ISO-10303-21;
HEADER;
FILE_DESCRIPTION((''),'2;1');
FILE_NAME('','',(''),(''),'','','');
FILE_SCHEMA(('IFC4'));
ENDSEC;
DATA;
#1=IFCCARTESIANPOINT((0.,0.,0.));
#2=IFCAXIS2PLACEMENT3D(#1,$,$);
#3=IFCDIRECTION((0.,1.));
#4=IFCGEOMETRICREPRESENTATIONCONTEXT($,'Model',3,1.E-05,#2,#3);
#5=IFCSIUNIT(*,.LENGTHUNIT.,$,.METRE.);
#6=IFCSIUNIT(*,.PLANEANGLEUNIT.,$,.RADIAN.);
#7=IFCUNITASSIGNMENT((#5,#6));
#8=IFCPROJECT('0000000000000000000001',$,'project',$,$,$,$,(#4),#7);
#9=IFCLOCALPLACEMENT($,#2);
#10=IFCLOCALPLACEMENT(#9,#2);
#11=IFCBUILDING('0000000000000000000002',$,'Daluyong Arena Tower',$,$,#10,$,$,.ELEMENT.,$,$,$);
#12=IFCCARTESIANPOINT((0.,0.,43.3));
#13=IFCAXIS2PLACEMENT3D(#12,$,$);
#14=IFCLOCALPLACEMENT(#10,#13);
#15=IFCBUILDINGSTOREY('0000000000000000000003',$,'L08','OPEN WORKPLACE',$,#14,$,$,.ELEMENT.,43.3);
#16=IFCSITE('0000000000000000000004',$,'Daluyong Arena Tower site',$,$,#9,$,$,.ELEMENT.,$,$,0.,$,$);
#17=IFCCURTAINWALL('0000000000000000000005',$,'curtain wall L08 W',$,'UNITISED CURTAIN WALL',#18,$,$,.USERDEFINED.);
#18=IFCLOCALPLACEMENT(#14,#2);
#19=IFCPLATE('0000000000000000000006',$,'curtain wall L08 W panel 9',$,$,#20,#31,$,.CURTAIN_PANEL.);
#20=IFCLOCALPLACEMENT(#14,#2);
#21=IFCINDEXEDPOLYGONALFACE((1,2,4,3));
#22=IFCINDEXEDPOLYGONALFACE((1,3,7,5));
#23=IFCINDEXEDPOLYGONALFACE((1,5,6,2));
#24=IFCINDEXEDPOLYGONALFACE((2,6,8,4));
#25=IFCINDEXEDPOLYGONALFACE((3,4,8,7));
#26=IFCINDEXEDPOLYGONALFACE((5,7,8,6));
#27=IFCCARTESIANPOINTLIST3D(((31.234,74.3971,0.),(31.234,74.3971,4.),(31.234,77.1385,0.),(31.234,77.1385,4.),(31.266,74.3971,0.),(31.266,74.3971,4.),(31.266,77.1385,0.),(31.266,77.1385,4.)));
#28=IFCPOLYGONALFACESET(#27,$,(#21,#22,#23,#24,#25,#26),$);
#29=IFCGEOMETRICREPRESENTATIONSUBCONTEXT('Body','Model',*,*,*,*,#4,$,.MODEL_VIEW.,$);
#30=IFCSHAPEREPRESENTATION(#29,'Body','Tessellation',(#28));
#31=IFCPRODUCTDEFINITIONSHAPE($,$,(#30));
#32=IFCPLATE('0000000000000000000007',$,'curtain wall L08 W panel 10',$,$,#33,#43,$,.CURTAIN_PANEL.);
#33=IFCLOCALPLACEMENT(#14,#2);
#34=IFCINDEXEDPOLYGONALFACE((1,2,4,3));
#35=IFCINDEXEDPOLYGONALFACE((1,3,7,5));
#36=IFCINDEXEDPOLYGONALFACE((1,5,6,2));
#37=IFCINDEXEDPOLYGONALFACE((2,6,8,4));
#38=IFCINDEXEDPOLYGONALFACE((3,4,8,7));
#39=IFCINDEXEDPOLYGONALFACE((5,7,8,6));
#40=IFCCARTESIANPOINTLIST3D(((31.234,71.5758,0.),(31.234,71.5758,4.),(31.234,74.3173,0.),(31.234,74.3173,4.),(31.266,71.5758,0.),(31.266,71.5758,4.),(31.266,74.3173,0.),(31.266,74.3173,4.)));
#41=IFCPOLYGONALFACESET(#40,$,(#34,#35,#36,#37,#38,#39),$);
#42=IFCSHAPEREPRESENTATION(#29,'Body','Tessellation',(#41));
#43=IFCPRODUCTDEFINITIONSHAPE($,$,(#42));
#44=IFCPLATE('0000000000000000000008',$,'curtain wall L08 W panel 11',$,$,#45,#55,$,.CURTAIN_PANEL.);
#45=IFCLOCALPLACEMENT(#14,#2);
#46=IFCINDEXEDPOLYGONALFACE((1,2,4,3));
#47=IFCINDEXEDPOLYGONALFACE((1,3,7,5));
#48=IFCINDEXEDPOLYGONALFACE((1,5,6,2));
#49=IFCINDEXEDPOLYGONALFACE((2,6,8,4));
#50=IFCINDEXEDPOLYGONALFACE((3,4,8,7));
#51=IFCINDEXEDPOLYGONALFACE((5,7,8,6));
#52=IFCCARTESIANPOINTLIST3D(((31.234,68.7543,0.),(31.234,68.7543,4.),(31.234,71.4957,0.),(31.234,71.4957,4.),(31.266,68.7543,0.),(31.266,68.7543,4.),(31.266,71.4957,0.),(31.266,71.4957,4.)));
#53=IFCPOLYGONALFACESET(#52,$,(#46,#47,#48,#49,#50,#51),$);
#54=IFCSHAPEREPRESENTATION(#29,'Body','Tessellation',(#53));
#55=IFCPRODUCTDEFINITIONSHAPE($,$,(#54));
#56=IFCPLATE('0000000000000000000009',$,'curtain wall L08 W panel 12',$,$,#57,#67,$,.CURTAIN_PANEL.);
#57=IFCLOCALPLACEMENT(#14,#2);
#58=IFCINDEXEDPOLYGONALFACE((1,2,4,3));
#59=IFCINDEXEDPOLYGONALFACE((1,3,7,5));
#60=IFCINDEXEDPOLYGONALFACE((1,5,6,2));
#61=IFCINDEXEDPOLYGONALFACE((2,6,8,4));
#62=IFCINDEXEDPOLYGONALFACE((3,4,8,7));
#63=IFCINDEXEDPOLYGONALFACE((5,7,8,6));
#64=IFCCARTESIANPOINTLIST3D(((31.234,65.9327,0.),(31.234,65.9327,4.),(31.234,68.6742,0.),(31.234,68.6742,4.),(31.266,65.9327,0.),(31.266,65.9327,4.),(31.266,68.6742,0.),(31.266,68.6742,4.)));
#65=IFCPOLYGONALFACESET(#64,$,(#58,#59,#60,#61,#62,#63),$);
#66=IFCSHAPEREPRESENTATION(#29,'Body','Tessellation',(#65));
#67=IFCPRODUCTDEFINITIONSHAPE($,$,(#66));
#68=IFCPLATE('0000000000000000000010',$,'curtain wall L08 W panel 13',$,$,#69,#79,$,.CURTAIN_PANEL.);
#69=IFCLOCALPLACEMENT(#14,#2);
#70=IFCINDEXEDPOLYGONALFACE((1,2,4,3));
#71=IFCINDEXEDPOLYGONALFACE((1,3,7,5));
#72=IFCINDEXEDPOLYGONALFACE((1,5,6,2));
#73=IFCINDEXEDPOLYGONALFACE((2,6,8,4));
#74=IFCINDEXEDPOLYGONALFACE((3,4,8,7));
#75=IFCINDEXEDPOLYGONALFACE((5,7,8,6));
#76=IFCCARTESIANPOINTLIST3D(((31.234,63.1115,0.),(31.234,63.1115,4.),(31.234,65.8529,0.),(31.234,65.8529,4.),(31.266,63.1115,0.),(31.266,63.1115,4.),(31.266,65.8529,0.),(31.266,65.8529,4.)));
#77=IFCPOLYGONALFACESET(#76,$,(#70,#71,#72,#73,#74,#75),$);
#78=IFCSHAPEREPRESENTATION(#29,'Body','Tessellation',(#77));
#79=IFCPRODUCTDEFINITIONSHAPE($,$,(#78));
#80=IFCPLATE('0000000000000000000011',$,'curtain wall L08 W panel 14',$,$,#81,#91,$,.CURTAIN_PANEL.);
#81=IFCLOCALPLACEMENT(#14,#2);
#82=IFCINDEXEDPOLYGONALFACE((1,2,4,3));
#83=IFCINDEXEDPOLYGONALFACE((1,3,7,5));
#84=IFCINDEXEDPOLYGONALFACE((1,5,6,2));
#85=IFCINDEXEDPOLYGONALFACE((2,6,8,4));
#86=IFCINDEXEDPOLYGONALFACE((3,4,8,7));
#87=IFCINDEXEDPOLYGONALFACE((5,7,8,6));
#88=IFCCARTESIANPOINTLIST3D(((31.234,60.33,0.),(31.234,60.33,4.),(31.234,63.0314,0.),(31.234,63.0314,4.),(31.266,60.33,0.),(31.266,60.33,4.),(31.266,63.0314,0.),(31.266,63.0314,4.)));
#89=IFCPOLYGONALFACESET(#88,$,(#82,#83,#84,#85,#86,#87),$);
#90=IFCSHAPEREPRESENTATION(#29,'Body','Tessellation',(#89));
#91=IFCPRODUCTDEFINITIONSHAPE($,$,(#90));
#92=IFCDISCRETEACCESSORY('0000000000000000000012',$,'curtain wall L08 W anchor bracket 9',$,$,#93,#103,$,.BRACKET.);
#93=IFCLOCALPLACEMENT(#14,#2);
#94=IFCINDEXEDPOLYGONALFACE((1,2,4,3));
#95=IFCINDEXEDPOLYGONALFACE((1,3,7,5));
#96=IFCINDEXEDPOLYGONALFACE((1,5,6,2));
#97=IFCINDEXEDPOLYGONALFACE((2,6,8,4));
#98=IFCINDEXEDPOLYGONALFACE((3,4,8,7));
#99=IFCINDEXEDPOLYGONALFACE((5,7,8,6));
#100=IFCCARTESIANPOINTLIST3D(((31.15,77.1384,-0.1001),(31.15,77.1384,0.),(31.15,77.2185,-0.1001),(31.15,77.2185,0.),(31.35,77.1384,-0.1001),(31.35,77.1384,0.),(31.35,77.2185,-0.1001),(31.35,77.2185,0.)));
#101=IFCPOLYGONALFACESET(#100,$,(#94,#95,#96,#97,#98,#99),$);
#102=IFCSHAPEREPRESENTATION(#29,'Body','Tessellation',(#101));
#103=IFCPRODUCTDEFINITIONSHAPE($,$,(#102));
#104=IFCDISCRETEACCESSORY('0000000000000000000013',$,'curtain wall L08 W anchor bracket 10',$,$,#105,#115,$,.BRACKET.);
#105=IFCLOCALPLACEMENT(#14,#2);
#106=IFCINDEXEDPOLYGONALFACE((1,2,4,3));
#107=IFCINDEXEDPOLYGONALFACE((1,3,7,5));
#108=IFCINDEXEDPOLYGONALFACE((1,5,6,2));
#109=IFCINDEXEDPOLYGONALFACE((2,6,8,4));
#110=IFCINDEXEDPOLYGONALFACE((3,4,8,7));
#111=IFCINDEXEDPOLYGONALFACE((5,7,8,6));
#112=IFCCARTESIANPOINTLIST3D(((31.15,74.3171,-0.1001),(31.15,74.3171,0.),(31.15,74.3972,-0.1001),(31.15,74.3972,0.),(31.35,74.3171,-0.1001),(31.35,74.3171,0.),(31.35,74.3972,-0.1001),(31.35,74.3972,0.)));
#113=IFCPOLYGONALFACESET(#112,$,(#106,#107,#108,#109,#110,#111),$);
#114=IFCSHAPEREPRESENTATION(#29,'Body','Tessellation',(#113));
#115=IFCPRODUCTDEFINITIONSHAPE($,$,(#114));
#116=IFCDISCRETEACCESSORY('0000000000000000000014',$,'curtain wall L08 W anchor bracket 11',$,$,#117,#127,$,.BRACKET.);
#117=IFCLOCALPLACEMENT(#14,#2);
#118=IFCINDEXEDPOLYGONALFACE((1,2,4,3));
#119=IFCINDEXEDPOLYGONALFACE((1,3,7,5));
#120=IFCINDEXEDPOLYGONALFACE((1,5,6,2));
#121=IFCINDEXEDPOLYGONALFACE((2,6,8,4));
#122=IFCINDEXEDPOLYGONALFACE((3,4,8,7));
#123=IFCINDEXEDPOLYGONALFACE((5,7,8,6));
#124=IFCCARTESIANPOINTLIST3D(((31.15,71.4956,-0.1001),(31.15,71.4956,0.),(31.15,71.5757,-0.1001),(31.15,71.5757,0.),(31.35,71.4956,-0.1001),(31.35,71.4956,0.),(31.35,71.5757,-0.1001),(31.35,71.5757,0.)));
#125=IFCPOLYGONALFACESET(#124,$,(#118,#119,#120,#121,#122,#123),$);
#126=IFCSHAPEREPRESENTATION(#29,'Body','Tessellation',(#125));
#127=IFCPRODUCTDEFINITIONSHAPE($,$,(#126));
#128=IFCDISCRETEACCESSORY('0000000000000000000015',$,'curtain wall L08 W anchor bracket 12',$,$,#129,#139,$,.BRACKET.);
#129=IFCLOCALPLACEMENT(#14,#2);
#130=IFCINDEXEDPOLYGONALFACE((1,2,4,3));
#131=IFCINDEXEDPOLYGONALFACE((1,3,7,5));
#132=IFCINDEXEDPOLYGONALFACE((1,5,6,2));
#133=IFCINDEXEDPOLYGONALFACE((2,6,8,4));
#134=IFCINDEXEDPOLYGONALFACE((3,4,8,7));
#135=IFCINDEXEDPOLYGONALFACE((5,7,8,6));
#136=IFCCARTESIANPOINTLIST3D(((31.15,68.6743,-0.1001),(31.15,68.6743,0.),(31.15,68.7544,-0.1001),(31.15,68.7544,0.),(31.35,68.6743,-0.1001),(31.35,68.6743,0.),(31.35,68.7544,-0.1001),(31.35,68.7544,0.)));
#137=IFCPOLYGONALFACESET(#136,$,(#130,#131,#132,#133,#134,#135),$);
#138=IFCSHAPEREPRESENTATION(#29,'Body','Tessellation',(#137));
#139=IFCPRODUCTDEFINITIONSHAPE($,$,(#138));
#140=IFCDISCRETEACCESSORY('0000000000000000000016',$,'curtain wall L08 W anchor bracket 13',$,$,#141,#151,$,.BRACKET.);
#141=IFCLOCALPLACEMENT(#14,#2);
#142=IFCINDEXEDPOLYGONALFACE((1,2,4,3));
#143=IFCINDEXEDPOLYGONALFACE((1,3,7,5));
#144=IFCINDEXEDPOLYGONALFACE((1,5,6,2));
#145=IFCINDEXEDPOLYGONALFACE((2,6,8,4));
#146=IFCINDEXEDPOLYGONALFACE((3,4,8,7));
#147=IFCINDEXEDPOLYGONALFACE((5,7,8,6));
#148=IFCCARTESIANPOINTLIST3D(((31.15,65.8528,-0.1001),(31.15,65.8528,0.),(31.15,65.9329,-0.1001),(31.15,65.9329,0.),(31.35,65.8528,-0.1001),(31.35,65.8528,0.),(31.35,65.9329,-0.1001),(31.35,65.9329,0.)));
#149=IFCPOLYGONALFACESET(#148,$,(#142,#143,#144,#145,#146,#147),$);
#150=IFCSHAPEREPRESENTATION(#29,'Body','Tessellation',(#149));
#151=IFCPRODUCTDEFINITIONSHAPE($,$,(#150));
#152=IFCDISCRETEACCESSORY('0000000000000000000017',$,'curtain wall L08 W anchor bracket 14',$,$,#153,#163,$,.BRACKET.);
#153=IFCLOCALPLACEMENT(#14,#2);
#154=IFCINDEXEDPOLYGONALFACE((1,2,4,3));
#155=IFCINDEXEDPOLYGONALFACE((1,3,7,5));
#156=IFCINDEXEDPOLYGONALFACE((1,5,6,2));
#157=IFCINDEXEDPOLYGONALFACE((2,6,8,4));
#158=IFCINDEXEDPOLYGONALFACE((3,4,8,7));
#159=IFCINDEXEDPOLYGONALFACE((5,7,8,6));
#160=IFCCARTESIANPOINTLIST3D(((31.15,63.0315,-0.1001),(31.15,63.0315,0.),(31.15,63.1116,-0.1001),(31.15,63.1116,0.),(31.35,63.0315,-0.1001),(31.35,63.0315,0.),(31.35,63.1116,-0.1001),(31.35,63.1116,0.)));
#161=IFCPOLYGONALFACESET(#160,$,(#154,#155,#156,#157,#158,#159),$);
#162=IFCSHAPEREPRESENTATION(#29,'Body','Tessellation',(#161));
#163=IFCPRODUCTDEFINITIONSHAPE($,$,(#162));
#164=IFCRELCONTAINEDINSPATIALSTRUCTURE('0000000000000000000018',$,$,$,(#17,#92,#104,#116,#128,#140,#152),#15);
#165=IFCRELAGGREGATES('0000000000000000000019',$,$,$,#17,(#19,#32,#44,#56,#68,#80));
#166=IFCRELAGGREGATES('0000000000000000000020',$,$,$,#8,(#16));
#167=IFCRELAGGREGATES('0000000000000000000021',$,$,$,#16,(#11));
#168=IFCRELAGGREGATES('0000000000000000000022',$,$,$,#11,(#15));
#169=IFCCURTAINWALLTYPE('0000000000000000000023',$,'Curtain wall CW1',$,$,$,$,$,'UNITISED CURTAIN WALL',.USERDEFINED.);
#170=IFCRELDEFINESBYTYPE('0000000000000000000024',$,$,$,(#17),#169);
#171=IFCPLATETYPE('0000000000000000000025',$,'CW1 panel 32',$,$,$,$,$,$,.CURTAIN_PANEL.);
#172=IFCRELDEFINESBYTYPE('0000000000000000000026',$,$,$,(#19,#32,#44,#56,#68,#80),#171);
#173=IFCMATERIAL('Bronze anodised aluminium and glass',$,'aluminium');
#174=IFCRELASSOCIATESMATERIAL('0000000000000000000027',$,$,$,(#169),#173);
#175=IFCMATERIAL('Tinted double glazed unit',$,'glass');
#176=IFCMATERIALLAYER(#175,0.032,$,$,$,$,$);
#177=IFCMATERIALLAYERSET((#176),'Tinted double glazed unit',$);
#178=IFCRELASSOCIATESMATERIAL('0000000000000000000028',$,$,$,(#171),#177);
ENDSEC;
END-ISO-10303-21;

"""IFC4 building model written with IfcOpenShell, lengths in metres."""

from ifc_helpers import new_model, si_unit, direction, frame, origin, origin_2d, place, context, subcontext, project, spatial, rectangle, extrude, material, layer, layer_set, type_object, element, aggregate, save


model = new_model("IFC4")

# Units and contexts
model_context = context("Model", 3, precision=1e-05, world=origin(), true_north=direction((0.0, 1.0)))
body_context = subcontext(model_context, "Body", "Model", "MODEL_VIEW")
ifc_project = project(units=[si_unit("LENGTHUNIT", "METRE"), si_unit("PLANEANGLEUNIT", "RADIAN")], contexts=[model_context])

# Site, building, storey
site_placement = place(None, origin())
site = spatial("IfcSite", under=ifc_project, at=site_placement, Name="Daluyong Arena Tower site", CompositionType="ELEMENT", RefElevation=0.0)
building_placement = place(site_placement, origin())
building = spatial("IfcBuilding", under=site, at=building_placement, Name="Daluyong Arena Tower", CompositionType="ELEMENT")
storey_placement = place(building_placement, frame((0.0, 0.0, 43.3)))
storey = spatial("IfcBuildingStorey", under=building, at=storey_placement, Name="L08", Description="OPEN WORKPLACE", CompositionType="ELEMENT", Elevation=43.3)

# Curtain wall
ifc_material_1 = material(Name="Bronze anodised aluminium and glass", Category="aluminium")
curtain_wall_type_1 = type_object("IfcCurtainWallType", Name="Curtain wall CW1", ElementType="UNITISED CURTAIN WALL", PredefinedType="USERDEFINED", material=ifc_material_1)
curtain_wall_1_placement = place(storey_placement, origin())
curtain_wall_1 = element("IfcCurtainWall", 1, at=curtain_wall_1_placement, inside=storey, type_object=curtain_wall_type_1, Name="curtain wall L08 W", ObjectType="UNITISED CURTAIN WALL", PredefinedType="USERDEFINED")

# Plates
ifc_material_2 = material(Name="Tinted double glazed unit", Category="glass")
ifc_layer = layer(ifc_material_2, 0.032)
ifc_layer_set = layer_set([ifc_layer], Name="Tinted double glazed unit")
plate_type = type_object("IfcPlateType", Name="CW1 panel 32", PredefinedType="CURTAIN_PANEL", material=ifc_layer_set)
plate_1_placement = place(storey_placement, frame((31.25, 75.7678, 0.0), z_axis=(0.0, 0.0, 1.0), x_axis=(0.0, -1.0, 0.0)))
plate_1 = element("IfcPlate", 2, at=plate_1_placement, type_object=plate_type, Name="curtain wall L08 W panel 9", PredefinedType="CURTAIN_PANEL", context=body_context, shape_type="SweptSolid", body=[
    extrude(rectangle(XDim=2.7415, YDim=0.032, at=origin_2d()), origin(), (0.0, 0.0, 1.0), 4.0),
])
plate_2_placement = place(storey_placement, frame((31.25, 72.9465, 0.0), z_axis=(0.0, 0.0, 1.0), x_axis=(0.0, -1.0, 0.0)))
plate_2 = element("IfcPlate", 3, at=plate_2_placement, type_object=plate_type, Name="curtain wall L08 W panel 10", PredefinedType="CURTAIN_PANEL", context=body_context, shape_type="SweptSolid", body=[
    extrude(rectangle(XDim=2.7415, YDim=0.032, at=origin_2d()), origin(), (0.0, 0.0, 1.0), 4.0),
])
plate_3_placement = place(storey_placement, frame((31.25, 70.125, 0.0), z_axis=(0.0, 0.0, 1.0), x_axis=(0.0, -1.0, 0.0)))
plate_3 = element("IfcPlate", 4, at=plate_3_placement, type_object=plate_type, Name="curtain wall L08 W panel 11", PredefinedType="CURTAIN_PANEL", context=body_context, shape_type="SweptSolid", body=[
    extrude(rectangle(XDim=2.7415, YDim=0.032, at=origin_2d()), origin(), (0.0, 0.0, 1.0), 4.0),
])
plate_4_placement = place(storey_placement, frame((31.25, 67.3035, 0.0), z_axis=(0.0, 0.0, 1.0), x_axis=(0.0, -1.0, 0.0)))
plate_4 = element("IfcPlate", 5, at=plate_4_placement, type_object=plate_type, Name="curtain wall L08 W panel 12", PredefinedType="CURTAIN_PANEL", context=body_context, shape_type="SweptSolid", body=[
    extrude(rectangle(XDim=2.7415, YDim=0.032, at=origin_2d()), origin(), (0.0, 0.0, 1.0), 4.0),
])
plate_5_placement = place(storey_placement, frame((31.25, 64.4822, 0.0), z_axis=(0.0, 0.0, 1.0), x_axis=(0.0, -1.0, 0.0)))
plate_5 = element("IfcPlate", 6, at=plate_5_placement, type_object=plate_type, Name="curtain wall L08 W panel 13", PredefinedType="CURTAIN_PANEL", context=body_context, shape_type="SweptSolid", body=[
    extrude(rectangle(XDim=2.7415, YDim=0.032, at=origin_2d()), origin(), (0.0, 0.0, 1.0), 4.0),
])
plate_6_placement = place(storey_placement, frame((31.25, 61.6807, 0.0), z_axis=(0.0, 0.0, 1.0), x_axis=(0.0, -1.0, 0.0)))
plate_6 = element("IfcPlate", 7, at=plate_6_placement, type_object=plate_type, Name="curtain wall L08 W panel 14", PredefinedType="CURTAIN_PANEL", context=body_context, shape_type="SweptSolid", body=[
    extrude(rectangle(XDim=2.7014, YDim=0.032, at=origin_2d()), origin(), (0.0, 0.0, 1.0), 4.0),
])
aggregate(curtain_wall_1, [plate_1, plate_2, plate_3, plate_4, plate_5, plate_6])

# Discrete accessories
for number, where, z_axis, x_axis, name in (
    (8, (31.25, 77.1785, -0.1001), (0.0, 0.0, 1.0), (0.0, -1.0, 0.0), "curtain wall L08 W anchor bracket 9"),
    (9, (31.25, 74.3572, -0.1001), (0.0, 0.0, 1.0), (0.0, -1.0, 0.0), "curtain wall L08 W anchor bracket 10"),
    (10, (31.25, 71.5356, -0.1001), (0.0, 0.0, 1.0), (0.0, -1.0, 0.0), "curtain wall L08 W anchor bracket 11"),
    (11, (31.25, 68.7144, -0.1001), (0.0, 0.0, 1.0), (0.0, -1.0, 0.0), "curtain wall L08 W anchor bracket 12"),
    (12, (31.25, 65.8928, -0.1001), (0.0, 0.0, 1.0), (0.0, -1.0, 0.0), "curtain wall L08 W anchor bracket 13"),
    (13, (31.25, 63.0715, -0.1001), (0.0, 0.0, 1.0), (0.0, -1.0, 0.0), "curtain wall L08 W anchor bracket 14"),
):
    element("IfcDiscreteAccessory", number, at=place(storey_placement, frame(where, z_axis=z_axis, x_axis=x_axis)), inside=storey, Name=name, PredefinedType="BRACKET", context=body_context, shape_type="SweptSolid", body=[
        extrude(rectangle(XDim=0.0801, YDim=0.2, at=origin_2d()), origin(), (0.0, 0.0, 1.0), 0.1001),
    ])

save(model, "model.ifc")
